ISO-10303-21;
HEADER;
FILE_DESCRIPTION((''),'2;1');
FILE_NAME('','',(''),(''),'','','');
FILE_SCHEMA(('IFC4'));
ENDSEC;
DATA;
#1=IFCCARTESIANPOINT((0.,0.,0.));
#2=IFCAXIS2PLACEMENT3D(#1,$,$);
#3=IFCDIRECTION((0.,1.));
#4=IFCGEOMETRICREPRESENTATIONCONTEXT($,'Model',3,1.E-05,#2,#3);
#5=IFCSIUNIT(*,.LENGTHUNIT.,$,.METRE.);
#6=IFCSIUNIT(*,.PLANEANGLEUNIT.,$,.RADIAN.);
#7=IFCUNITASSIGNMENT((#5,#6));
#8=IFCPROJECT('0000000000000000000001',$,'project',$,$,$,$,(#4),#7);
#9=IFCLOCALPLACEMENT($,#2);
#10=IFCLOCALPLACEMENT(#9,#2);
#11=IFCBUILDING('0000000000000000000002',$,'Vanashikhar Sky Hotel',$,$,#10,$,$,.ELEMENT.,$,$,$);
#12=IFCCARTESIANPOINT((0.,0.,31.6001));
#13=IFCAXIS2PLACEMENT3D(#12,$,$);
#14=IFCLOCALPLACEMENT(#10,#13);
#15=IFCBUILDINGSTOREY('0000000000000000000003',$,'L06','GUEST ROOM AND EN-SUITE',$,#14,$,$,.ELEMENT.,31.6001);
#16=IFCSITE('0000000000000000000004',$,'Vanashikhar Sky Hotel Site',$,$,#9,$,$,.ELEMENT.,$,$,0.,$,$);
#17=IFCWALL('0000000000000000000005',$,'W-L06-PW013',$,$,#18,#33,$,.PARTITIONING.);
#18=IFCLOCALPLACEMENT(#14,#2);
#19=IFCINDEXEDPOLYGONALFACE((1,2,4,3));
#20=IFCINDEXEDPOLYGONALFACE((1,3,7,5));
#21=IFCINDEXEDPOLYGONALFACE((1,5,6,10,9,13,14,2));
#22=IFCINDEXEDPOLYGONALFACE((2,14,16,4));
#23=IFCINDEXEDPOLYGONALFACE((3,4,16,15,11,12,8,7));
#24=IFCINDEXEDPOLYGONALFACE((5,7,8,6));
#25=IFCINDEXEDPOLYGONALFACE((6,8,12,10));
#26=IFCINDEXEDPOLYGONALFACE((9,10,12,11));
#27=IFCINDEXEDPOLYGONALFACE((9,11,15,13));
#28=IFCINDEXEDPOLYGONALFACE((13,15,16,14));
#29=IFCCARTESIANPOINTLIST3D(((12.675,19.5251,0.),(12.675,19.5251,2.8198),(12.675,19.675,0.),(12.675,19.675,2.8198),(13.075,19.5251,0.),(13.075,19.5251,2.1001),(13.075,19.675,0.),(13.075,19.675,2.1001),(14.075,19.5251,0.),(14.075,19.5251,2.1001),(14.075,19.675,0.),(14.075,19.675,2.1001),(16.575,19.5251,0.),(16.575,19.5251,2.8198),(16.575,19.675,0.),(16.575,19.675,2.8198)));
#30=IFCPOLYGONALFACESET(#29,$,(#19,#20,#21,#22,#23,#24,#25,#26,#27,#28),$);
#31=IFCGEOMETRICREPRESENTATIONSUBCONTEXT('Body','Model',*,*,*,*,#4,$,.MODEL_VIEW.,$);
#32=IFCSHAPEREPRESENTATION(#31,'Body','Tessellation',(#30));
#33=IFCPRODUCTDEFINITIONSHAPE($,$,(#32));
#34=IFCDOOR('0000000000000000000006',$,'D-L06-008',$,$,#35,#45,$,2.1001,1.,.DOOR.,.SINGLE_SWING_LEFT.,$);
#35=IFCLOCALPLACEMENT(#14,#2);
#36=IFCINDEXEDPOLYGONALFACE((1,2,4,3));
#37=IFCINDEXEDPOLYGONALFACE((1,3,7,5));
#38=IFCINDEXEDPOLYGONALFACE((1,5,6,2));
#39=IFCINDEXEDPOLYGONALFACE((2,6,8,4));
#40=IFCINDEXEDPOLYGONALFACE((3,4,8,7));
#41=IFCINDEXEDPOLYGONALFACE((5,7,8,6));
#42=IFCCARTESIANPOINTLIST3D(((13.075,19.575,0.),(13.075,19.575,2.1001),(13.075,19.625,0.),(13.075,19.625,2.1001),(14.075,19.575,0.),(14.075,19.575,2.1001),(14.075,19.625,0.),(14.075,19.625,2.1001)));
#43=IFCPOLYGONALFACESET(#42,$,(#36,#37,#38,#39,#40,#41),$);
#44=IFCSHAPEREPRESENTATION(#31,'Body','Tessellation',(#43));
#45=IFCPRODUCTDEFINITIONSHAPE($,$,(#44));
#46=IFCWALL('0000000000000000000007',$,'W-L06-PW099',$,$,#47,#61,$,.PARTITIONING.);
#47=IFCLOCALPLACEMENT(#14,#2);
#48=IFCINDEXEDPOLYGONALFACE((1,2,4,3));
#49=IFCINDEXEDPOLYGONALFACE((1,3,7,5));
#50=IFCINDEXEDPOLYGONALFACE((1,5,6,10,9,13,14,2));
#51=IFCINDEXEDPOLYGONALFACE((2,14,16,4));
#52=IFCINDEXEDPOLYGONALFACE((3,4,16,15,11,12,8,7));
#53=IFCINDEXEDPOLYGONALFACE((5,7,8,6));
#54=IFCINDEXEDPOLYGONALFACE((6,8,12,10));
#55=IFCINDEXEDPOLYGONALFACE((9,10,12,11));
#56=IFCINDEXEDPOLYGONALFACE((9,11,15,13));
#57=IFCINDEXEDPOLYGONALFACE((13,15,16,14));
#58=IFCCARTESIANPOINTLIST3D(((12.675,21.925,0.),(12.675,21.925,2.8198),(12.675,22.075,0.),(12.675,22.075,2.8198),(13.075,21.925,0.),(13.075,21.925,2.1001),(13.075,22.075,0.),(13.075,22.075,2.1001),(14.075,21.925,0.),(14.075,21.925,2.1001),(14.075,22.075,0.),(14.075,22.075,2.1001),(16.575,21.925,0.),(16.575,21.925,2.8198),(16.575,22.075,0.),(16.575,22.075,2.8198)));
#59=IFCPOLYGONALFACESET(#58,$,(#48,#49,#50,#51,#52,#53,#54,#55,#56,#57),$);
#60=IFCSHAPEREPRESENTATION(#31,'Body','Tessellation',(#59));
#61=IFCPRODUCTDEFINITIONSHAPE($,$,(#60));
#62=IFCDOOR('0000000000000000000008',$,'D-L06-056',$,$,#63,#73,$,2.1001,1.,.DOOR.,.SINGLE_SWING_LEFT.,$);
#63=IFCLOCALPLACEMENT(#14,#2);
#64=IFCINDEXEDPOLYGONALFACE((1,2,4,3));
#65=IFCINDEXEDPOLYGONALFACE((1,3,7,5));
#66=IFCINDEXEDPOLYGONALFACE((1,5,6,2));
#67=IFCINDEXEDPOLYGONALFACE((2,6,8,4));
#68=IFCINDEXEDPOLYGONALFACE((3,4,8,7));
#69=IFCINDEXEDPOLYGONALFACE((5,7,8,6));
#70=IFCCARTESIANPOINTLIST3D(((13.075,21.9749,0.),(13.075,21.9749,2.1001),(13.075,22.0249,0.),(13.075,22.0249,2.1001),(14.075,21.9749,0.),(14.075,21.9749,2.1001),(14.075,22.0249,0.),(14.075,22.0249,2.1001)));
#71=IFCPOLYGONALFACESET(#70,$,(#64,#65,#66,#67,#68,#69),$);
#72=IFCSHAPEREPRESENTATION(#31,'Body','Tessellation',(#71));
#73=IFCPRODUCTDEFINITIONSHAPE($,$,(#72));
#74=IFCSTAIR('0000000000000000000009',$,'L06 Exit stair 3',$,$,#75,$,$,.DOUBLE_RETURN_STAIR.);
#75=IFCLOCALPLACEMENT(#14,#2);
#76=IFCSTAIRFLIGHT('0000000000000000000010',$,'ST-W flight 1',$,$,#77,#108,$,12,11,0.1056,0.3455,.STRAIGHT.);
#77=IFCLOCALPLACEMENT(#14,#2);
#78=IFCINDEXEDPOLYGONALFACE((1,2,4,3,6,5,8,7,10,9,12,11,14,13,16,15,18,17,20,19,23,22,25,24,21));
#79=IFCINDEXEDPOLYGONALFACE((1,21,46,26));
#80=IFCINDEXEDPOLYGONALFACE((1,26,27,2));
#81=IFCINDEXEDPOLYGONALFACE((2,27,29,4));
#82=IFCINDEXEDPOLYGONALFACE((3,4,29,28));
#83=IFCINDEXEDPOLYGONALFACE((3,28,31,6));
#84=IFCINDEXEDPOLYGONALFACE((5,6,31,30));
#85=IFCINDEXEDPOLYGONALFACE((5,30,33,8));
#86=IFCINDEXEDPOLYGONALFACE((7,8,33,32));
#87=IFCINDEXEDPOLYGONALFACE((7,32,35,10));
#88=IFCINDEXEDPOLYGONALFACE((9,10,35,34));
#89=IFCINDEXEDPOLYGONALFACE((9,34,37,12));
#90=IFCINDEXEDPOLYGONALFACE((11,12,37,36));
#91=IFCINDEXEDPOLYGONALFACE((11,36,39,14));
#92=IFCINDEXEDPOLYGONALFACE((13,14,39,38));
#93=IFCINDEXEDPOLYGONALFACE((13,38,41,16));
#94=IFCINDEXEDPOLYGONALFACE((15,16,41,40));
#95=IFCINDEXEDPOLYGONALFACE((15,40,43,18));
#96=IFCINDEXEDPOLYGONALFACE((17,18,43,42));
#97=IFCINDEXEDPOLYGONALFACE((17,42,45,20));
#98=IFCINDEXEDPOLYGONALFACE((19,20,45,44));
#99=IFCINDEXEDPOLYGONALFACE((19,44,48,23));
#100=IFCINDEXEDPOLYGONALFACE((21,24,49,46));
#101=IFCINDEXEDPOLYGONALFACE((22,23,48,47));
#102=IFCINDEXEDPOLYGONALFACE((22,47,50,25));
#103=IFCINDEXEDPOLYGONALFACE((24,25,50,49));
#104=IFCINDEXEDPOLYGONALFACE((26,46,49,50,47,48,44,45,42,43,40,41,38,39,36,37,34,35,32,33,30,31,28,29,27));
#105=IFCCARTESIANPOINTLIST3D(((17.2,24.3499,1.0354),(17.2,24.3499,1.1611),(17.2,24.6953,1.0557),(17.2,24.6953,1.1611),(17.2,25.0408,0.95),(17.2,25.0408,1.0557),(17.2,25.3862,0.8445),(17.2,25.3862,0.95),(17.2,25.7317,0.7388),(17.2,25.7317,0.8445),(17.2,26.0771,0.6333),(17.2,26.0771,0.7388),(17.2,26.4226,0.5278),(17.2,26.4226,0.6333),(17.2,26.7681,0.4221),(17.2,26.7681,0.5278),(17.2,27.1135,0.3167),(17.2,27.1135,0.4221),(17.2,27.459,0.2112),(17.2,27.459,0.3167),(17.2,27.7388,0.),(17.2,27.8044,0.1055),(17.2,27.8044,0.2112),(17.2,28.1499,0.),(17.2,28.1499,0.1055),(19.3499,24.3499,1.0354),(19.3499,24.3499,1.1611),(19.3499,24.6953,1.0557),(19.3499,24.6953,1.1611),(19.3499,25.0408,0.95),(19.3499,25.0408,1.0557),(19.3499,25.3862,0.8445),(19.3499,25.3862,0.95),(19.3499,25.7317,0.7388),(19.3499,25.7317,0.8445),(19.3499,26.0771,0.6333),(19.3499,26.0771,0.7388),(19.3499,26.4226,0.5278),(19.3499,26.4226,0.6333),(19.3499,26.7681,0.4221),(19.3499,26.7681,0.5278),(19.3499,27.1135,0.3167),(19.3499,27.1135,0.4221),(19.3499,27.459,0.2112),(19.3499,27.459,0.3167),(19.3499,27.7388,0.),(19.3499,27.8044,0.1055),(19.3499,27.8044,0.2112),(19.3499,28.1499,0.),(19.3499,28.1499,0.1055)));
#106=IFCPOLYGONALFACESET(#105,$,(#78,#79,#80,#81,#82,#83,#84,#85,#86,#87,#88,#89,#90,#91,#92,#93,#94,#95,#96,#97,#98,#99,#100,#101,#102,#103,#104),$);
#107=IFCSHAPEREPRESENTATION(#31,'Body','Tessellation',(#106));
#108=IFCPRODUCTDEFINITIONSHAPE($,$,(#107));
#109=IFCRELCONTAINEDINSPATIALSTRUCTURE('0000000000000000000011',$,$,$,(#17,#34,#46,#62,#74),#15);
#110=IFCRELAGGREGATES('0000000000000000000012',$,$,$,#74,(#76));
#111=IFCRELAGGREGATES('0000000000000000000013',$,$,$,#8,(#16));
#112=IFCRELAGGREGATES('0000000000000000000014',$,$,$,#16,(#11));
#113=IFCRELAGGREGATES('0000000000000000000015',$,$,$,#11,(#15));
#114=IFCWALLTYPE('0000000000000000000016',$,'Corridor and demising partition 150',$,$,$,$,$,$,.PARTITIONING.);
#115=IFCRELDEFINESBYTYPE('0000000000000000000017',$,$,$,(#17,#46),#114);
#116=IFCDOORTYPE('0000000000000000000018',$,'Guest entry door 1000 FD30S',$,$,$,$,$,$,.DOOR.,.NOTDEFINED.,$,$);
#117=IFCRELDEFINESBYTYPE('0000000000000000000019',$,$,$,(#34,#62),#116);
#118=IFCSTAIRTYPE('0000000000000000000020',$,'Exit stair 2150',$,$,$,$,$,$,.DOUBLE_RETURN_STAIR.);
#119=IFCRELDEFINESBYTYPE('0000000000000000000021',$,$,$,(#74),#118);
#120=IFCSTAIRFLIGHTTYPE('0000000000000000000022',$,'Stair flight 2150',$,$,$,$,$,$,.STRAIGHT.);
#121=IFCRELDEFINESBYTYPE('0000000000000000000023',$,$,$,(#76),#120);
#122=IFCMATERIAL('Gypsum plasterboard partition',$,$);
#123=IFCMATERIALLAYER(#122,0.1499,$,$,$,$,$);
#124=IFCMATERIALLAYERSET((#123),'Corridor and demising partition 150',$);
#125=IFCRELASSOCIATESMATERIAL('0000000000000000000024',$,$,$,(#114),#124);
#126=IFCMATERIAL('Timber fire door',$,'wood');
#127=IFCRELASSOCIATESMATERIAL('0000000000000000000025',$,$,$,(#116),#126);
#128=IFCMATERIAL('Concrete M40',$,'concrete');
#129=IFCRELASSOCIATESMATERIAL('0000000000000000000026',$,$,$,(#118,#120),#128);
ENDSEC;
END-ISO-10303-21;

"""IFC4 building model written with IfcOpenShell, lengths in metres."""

from ifc_helpers import new_model, si_unit, direction, frame, frame_2d, origin, place, context, subcontext, project, spatial, polyline, rectangle, outline, extrude, source, transform, mapped, material, layer, layer_set, type_object, element, fill, aggregate, save


model = new_model("IFC4")

# Units and contexts
model_context = context("Model", 3, precision=1e-05, world=origin(), true_north=direction((0.0, 1.0)))
body_context = subcontext(model_context, "Body", "Model", "MODEL_VIEW")
ifc_project = project(units=[si_unit("LENGTHUNIT", "METRE"), si_unit("PLANEANGLEUNIT", "RADIAN")], contexts=[model_context])

# Site, building, storey
site_placement = place(None, origin())
site = spatial("IfcSite", under=ifc_project, at=site_placement, Name="Vanashikhar Sky Hotel Site", CompositionType="ELEMENT", RefElevation=0.0)
building_placement = place(site_placement, origin())
building = spatial("IfcBuilding", under=site, at=building_placement, Name="Vanashikhar Sky Hotel", CompositionType="ELEMENT")
storey_placement = place(building_placement, frame((0.0, 0.0, 31.6001)))
storey = spatial("IfcBuildingStorey", under=building, at=storey_placement, Name="L06", Description="GUEST ROOM AND EN-SUITE", CompositionType="ELEMENT", Elevation=31.6001)

# Shared definitions
ifc_material_1 = material(Name="Gypsum plasterboard partition")
ifc_layer_1 = layer(ifc_material_1, 0.1499)
ifc_layer_set_1 = layer_set([ifc_layer_1], Name="Corridor and demising partition 150")
wall_type_1 = type_object("IfcWallType", Name="Corridor and demising partition 150", PredefinedType="PARTITIONING", material=ifc_layer_set_1)

# Walls, openings, doors
shared_shape_1 = source(origin(), body_context, "Body", "SweptSolid", [
    extrude(rectangle(XDim=1.0, YDim=2.1001, at=frame_2d((0.5, 1.05))), frame((0.0, 0.085, 0.0), z_axis=(0.0, -1.0, 0.0), x_axis=(1.0, 0.0, 0.0)), (0.0, 0.0, 1.0), 0.1699),
])
ifc_material_2 = material(Name="Timber fire door", Category="wood")
door_type_1 = type_object("IfcDoorType", Name="Guest entry door 1000 FD30S", OperationType="NOTDEFINED", PredefinedType="DOOR", material=ifc_material_2)
shared_shape_2 = source(origin(), body_context, "Body", "SweptSolid", [
    extrude(rectangle(XDim=1.0, YDim=2.1001, at=frame_2d((0.5, 1.05))), frame((0.0, 0.0249, 0.0), z_axis=(0.0, -1.0, 0.0), x_axis=(1.0, 0.0, 0.0)), (0.0, 0.0, 1.0), 0.05),
])
shared_shape_3 = source(origin(), body_context, "Body", "SweptSolid", [
    extrude(rectangle(XDim=3.8999, YDim=0.1499, at=frame_2d((1.95, 0.0))), origin(), (0.0, 0.0, 1.0), 2.8198),
])
wall_1_placement = place(storey_placement, frame((12.675, 19.6001, 0.0), z_axis=(0.0, 0.0, 1.0), x_axis=(1.0, 0.0, 0.0)))
wall_1 = element("IfcWall", 1, at=wall_1_placement, inside=storey, type_object=wall_type_1, Name="W-L06-PW013", PredefinedType="PARTITIONING", context=body_context, shape_type="MappedRepresentation", body=[
    mapped(shared_shape_3, transform((0.0, 0.0, 0.0), scale=1.0)),
])
opening_1_placement = place(wall_1_placement, frame((0.3999, 0.0, 0.0)))
opening_1 = element("IfcOpeningElement", 2, at=opening_1_placement, cuts=wall_1, PredefinedType="OPENING", context=body_context, shape_type="MappedRepresentation", body=[
    mapped(shared_shape_1, transform((0.0, 0.0, 0.0), scale=1.0)),
])
door_1_placement = place(opening_1_placement, origin())
door_1 = element("IfcDoor", 3, at=door_1_placement, inside=storey, type_object=door_type_1, Name="D-L06-008", OperationType="SINGLE_SWING_LEFT", OverallHeight=2.1001, OverallWidth=1.0, PredefinedType="DOOR", context=body_context, shape_type="MappedRepresentation", body=[
    mapped(shared_shape_2, transform((0.0, 0.0, 0.0), scale=1.0)),
])
fill(opening_1, door_1)
wall_2_placement = place(storey_placement, frame((12.675, 22.0, 0.0), z_axis=(0.0, 0.0, 1.0), x_axis=(1.0, 0.0, 0.0)))
wall_2 = element("IfcWall", 4, at=wall_2_placement, inside=storey, type_object=wall_type_1, Name="W-L06-PW099", PredefinedType="PARTITIONING", context=body_context, shape_type="MappedRepresentation", body=[
    mapped(shared_shape_3, transform((0.0, 0.0, 0.0), scale=1.0)),
])
opening_2_placement = place(wall_2_placement, frame((0.3999, 0.0, 0.0)))
opening_2 = element("IfcOpeningElement", 5, at=opening_2_placement, cuts=wall_2, PredefinedType="OPENING", context=body_context, shape_type="MappedRepresentation", body=[
    mapped(shared_shape_1, transform((0.0, 0.0, 0.0), scale=1.0)),
])
door_2_placement = place(opening_2_placement, origin())
door_2 = element("IfcDoor", 6, at=door_2_placement, inside=storey, type_object=door_type_1, Name="D-L06-056", OperationType="SINGLE_SWING_LEFT", OverallHeight=2.1001, OverallWidth=1.0, PredefinedType="DOOR", context=body_context, shape_type="MappedRepresentation", body=[
    mapped(shared_shape_2, transform((0.0, 0.0, 0.0), scale=1.0)),
])
fill(opening_2, door_2)

# Stair, stair flight
ifc_material_3 = material(Name="Concrete M40", Category="concrete")
stair_type = type_object("IfcStairType", Name="Exit stair 2150", PredefinedType="DOUBLE_RETURN_STAIR", material=ifc_material_3)
stair_placement = place(storey_placement, origin())
stair = element("IfcStair", 7, at=stair_placement, inside=storey, type_object=stair_type, Name="L06 Exit stair 3", PredefinedType="DOUBLE_RETURN_STAIR")
stair_flight_type = type_object("IfcStairFlightType", Name="Stair flight 2150", PredefinedType="STRAIGHT", material=ifc_material_3)
shared_shape_4 = source(origin(), body_context, "Body", "SweptSolid", [
    extrude(outline(polyline([(0.0, 0.0), (0.0, 0.1055), (0.3455, 0.1055), (0.3455, 0.2112), (0.6909, 0.2112), (0.6909, 0.3167), (1.0364, 0.3167), (1.0364, 0.4221), (1.3818, 0.4221), (1.3818, 0.5278), (1.7273, 0.5278), (1.7273, 0.6333), (2.0728, 0.6333), (2.0728, 0.7388), (2.4182, 0.7388), (2.4182, 0.8445), (2.7637, 0.8445), (2.7637, 0.95), (3.1091, 0.95), (3.1091, 1.0557), (3.4546, 1.0557), (3.4546, 1.1611), (3.8, 1.1611), (3.8, 1.2666), (3.8, 1.0354), (0.4111, 0.0), (0.0, 0.0)])), frame((0.0, 1.075, 0.0), z_axis=(0.0, -1.0, 0.0), x_axis=(1.0, 0.0, 0.0)), (0.0, 0.0, 1.0), 2.1499),
])
stair_flight_placement = place(storey_placement, frame((18.2749, 28.1499, 0.0), z_axis=(0.0, 0.0, 1.0), x_axis=(0.0, -1.0, 0.0)))
stair_flight = element("IfcStairFlight", 8, at=stair_flight_placement, type_object=stair_flight_type, Name="ST-W flight 1", NumberOfRisers=12, NumberOfTreads=11, PredefinedType="STRAIGHT", RiserHeight=0.1056, TreadLength=0.3455, context=body_context, shape_type="MappedRepresentation", body=[
    mapped(shared_shape_4, transform((0.0, 0.0, 0.0), scale=1.0)),
])
aggregate(stair, [stair_flight])

save(model, "model.ifc")
